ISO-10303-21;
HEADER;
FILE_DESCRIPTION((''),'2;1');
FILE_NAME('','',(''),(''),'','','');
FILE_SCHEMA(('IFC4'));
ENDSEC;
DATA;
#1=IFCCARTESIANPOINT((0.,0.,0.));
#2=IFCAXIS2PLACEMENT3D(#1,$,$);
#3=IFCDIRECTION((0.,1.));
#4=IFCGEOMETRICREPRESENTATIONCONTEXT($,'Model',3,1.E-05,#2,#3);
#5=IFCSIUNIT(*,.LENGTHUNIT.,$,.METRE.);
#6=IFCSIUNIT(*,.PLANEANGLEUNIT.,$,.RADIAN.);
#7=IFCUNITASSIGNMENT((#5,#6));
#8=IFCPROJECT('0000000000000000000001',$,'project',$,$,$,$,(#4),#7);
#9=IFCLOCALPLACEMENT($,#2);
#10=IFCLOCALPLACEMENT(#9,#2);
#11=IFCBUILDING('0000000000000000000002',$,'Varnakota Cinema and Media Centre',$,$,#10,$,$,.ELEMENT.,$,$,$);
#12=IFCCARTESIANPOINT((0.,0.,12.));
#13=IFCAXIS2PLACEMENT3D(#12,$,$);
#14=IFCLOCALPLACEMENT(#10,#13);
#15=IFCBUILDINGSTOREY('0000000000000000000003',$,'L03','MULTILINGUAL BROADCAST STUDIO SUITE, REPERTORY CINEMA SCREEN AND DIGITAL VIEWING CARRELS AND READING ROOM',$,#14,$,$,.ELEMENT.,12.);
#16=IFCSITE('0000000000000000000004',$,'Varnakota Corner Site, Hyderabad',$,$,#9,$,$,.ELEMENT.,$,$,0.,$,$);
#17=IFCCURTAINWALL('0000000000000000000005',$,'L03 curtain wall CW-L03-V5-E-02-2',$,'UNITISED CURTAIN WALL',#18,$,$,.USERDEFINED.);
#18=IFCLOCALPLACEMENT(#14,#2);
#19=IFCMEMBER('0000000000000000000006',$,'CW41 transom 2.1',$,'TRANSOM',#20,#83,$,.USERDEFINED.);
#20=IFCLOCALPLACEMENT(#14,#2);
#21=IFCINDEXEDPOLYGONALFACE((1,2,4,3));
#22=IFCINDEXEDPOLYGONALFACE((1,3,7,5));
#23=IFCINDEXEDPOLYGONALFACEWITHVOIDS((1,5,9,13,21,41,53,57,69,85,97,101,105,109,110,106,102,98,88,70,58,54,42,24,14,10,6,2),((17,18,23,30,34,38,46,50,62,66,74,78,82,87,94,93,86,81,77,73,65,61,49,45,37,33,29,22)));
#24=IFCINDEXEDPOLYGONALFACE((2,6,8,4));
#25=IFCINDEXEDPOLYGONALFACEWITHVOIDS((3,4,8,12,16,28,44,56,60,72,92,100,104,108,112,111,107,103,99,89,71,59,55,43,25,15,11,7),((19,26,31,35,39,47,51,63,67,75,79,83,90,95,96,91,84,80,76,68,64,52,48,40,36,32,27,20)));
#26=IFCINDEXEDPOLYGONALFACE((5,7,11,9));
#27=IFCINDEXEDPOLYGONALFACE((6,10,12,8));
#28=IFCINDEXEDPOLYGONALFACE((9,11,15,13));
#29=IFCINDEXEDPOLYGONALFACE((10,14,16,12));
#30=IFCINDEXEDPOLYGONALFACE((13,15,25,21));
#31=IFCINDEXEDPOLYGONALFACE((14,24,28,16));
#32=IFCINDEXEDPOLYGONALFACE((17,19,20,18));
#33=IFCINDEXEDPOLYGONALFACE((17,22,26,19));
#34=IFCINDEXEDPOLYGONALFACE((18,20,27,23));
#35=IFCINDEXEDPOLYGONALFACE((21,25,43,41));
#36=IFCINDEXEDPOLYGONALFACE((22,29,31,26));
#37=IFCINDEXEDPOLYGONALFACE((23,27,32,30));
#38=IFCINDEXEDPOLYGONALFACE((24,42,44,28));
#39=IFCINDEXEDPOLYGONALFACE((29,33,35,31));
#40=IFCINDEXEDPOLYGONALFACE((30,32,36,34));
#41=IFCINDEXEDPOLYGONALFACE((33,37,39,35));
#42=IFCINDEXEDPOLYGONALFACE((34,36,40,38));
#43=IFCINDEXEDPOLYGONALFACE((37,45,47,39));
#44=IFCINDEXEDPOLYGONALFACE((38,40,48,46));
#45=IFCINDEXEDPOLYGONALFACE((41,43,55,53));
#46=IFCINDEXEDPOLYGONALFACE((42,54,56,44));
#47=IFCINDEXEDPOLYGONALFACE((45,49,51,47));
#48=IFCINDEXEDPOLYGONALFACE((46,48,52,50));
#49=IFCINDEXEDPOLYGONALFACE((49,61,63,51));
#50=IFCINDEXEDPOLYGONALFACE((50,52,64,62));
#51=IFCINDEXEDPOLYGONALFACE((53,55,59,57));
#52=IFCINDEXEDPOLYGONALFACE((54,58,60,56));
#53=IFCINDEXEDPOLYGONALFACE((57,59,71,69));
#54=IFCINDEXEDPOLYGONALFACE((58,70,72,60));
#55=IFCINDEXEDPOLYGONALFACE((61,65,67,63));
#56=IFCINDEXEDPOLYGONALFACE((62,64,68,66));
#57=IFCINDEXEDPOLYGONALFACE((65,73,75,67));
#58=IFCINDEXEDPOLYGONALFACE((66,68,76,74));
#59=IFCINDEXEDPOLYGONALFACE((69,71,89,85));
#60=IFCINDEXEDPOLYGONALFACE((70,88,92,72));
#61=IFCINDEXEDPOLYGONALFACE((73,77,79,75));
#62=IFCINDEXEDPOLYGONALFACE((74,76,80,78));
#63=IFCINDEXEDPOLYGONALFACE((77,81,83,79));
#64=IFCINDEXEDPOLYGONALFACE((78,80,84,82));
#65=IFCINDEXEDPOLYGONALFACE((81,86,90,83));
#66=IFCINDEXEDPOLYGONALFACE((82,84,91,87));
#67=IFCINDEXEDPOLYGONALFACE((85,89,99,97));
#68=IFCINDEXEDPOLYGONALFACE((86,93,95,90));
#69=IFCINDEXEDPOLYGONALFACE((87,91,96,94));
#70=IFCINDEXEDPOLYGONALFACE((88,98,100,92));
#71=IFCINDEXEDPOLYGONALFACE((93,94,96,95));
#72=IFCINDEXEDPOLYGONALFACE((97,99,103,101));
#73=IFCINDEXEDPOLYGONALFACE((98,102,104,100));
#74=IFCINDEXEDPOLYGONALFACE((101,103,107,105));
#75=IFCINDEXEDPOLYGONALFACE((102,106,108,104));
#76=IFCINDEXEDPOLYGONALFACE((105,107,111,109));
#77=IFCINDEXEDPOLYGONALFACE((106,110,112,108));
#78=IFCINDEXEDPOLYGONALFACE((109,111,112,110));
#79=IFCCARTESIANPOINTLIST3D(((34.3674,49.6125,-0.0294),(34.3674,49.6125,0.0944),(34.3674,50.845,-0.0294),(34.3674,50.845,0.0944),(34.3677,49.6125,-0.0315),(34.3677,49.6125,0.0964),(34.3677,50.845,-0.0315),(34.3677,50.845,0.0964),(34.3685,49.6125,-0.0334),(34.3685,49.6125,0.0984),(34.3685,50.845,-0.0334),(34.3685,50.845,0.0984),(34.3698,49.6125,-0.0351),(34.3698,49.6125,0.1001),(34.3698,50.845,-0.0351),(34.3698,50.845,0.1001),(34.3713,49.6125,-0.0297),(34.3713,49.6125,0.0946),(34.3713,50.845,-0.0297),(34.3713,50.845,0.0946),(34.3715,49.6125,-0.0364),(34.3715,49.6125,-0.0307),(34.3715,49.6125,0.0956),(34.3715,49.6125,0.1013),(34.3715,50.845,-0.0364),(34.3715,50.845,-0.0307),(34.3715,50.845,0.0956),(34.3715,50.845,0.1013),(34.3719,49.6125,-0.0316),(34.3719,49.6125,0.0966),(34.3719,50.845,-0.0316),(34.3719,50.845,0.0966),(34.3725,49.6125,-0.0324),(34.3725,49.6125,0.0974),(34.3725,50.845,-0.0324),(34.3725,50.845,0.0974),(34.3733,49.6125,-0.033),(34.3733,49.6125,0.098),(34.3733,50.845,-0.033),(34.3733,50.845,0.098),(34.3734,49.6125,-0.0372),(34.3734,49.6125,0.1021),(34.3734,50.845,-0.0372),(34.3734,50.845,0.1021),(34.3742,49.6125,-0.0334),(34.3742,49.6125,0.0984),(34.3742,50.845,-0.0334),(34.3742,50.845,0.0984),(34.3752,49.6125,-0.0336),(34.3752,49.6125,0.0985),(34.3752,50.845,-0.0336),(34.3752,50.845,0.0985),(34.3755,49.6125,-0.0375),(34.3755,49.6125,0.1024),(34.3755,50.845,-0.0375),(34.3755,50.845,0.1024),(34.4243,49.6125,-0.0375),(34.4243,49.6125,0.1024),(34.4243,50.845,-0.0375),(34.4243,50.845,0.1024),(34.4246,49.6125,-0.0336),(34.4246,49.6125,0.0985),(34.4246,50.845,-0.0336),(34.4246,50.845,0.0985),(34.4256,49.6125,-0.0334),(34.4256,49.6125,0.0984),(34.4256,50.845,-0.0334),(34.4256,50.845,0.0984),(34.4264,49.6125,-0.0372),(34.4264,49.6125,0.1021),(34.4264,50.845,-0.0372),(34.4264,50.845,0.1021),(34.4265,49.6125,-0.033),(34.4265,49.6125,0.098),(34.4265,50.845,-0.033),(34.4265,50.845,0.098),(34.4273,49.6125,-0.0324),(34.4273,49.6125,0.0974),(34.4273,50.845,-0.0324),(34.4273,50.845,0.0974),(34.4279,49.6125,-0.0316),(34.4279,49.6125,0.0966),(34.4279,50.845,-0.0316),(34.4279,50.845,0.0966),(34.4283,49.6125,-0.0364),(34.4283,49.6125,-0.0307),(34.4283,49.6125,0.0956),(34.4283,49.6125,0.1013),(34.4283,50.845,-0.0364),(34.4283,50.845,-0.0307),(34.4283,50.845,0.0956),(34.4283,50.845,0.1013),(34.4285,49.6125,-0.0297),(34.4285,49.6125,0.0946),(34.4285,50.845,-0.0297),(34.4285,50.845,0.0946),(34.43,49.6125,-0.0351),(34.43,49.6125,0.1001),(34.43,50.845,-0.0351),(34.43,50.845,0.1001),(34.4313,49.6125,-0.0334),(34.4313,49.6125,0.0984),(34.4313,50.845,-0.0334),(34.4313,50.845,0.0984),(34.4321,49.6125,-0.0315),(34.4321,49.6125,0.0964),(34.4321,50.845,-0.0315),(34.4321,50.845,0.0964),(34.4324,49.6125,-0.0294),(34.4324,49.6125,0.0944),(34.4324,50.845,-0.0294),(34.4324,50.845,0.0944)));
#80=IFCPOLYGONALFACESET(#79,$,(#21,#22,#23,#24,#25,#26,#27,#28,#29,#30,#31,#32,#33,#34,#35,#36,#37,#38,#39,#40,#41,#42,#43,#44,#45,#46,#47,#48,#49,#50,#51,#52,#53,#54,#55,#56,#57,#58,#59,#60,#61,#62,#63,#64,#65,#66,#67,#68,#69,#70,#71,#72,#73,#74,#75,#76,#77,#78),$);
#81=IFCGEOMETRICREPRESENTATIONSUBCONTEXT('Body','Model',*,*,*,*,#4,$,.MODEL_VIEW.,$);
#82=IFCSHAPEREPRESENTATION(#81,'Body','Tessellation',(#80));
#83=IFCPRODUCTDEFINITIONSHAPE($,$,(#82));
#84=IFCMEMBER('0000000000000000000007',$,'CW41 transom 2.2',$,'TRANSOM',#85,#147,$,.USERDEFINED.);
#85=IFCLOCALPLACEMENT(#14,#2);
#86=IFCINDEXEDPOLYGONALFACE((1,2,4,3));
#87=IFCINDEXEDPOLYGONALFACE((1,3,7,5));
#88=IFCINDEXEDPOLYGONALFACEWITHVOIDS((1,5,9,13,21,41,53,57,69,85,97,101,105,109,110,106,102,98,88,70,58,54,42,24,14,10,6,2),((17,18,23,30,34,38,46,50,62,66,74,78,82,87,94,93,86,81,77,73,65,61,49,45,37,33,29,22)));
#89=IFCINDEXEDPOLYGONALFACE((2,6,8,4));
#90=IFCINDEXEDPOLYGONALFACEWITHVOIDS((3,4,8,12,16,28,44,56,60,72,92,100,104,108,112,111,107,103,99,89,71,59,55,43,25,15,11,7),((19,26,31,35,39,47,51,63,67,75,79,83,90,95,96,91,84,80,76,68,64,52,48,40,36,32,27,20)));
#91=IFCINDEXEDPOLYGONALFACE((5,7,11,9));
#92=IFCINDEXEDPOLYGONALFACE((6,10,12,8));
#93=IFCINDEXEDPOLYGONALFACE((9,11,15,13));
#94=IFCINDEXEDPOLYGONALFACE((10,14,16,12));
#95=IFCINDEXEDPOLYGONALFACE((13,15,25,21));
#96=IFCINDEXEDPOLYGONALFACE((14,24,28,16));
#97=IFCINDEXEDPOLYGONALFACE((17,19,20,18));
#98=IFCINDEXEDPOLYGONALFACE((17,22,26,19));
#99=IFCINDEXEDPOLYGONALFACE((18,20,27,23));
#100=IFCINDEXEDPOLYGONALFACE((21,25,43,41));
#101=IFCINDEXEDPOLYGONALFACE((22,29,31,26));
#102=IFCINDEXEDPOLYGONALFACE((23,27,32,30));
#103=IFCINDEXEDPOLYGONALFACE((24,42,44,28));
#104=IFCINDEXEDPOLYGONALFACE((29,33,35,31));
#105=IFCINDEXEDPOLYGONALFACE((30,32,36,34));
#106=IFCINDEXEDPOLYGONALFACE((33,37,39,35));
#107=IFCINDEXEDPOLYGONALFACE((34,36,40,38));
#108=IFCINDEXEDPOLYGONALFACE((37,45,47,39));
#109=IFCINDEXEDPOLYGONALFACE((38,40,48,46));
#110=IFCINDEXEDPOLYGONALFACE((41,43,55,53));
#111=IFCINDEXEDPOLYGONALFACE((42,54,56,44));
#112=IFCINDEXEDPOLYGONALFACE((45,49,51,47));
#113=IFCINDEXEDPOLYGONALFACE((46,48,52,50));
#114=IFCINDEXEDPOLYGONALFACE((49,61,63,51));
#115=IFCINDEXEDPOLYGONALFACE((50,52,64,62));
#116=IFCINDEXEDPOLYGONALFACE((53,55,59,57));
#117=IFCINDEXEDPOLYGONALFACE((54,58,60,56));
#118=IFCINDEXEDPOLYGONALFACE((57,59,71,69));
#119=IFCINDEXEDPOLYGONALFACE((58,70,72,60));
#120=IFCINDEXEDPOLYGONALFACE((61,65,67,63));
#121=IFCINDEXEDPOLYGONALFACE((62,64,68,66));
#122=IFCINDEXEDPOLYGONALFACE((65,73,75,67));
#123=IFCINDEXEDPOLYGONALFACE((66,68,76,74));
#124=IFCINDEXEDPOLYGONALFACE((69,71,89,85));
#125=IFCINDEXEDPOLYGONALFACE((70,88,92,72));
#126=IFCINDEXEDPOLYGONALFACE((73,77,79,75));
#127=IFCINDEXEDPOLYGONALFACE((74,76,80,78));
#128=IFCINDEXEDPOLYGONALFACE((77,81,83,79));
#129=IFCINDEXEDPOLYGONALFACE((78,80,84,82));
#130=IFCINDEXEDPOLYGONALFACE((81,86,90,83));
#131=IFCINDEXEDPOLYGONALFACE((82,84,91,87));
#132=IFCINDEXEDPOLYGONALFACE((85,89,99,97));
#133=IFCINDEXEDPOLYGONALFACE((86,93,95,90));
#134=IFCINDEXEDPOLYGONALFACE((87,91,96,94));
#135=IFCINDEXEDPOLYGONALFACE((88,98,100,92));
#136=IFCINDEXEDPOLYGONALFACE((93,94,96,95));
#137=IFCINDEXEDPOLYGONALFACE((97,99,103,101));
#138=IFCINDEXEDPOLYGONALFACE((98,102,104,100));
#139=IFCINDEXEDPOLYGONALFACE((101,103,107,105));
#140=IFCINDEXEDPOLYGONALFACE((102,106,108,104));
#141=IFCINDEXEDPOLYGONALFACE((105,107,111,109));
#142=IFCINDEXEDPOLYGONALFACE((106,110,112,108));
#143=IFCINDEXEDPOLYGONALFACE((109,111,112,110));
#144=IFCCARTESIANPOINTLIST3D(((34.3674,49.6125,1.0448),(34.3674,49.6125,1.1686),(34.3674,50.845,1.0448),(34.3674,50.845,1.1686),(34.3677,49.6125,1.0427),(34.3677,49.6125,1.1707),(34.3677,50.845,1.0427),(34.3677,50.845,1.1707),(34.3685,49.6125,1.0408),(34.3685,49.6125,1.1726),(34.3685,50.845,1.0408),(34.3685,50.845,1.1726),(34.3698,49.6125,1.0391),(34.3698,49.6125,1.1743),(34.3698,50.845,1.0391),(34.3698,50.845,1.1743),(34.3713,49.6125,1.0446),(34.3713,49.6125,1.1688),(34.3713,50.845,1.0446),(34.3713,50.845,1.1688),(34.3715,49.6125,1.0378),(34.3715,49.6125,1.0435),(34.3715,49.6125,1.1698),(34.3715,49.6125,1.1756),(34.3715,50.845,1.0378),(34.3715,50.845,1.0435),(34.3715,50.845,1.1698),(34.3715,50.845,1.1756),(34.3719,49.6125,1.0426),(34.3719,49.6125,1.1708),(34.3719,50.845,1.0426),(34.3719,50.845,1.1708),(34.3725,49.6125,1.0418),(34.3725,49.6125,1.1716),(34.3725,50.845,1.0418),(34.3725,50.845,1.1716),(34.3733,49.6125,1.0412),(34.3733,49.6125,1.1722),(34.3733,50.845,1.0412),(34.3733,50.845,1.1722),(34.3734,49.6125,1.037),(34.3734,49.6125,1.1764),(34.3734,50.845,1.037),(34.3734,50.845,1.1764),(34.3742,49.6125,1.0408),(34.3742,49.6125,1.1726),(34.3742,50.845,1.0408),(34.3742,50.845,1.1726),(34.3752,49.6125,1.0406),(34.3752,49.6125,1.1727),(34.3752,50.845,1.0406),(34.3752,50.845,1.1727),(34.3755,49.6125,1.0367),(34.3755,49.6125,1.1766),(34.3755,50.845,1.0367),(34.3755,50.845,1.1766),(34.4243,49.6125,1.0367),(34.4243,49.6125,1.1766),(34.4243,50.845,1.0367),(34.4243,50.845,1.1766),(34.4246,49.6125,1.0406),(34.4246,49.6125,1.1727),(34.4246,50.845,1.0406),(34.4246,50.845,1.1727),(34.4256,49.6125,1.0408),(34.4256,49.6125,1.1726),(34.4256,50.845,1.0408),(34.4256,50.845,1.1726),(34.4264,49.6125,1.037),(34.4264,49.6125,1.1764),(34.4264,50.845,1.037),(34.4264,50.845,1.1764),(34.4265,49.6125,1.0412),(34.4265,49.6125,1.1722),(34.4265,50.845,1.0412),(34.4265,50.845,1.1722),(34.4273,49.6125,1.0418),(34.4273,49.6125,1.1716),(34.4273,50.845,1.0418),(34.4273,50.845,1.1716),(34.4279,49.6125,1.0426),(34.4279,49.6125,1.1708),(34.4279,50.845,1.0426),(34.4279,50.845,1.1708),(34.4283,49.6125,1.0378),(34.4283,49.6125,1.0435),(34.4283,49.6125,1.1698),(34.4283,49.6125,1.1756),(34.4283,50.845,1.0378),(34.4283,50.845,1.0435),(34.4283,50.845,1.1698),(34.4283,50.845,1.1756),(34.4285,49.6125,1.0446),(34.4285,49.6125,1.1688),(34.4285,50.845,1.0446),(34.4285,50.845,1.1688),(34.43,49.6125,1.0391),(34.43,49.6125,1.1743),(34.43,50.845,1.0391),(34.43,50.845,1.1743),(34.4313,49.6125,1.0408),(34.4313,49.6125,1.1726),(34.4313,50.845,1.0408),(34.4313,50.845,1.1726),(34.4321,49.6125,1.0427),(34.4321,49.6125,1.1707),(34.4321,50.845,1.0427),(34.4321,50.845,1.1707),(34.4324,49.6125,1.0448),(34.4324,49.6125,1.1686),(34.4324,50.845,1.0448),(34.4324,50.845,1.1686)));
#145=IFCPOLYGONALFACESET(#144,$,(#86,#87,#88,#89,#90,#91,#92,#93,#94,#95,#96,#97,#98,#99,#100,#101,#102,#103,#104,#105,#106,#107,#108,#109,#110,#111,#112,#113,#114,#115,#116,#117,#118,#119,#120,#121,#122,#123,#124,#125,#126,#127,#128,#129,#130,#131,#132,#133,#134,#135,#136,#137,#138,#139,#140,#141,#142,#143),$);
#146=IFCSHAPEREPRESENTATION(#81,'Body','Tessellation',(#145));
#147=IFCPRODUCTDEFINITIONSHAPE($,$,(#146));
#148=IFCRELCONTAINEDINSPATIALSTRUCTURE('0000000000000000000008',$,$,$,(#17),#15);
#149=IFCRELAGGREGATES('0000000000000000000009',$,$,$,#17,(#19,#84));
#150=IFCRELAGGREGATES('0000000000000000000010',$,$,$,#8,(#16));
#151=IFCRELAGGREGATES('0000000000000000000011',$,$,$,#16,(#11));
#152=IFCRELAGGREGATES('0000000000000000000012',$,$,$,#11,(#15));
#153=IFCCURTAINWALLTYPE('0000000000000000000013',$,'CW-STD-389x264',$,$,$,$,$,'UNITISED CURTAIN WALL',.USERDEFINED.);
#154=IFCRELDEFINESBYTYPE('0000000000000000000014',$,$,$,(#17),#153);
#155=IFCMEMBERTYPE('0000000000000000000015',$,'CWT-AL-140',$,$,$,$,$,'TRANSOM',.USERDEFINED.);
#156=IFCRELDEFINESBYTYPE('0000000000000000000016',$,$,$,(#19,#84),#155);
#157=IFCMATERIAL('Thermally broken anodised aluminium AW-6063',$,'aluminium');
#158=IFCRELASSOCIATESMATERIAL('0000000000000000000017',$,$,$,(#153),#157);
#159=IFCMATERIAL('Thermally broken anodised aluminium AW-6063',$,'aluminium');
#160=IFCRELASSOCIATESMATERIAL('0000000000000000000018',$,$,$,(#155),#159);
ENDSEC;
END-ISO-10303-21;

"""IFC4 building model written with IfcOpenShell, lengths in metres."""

from ifc_helpers import new_model, si_unit, direction, frame, origin, origin_2d, place, context, subcontext, project, spatial, hollow_rectangle, extrude, material, material_profile, profile_set, type_object, element, aggregate, save


model = new_model("IFC4")

# Units and contexts
model_context = context("Model", 3, precision=1e-05, world=origin(), true_north=direction((0.0, 1.0)))
body_context = subcontext(model_context, "Body", "Model", "MODEL_VIEW")
ifc_project = project(units=[si_unit("LENGTHUNIT", "METRE"), si_unit("PLANEANGLEUNIT", "RADIAN")], contexts=[model_context])

# Site, building, storey
site_placement = place(None, origin())
site = spatial("IfcSite", under=ifc_project, at=site_placement, Name="Varnakota Corner Site, Hyderabad", CompositionType="ELEMENT", RefElevation=0.0)
building_placement = place(site_placement, origin())
building = spatial("IfcBuilding", under=site, at=building_placement, Name="Varnakota Cinema and Media Centre", CompositionType="ELEMENT")
storey_placement = place(building_placement, frame((0.0, 0.0, 12.0)))
storey = spatial("IfcBuildingStorey", under=building, at=storey_placement, Name="L03", Description="MULTILINGUAL BROADCAST STUDIO SUITE, REPERTORY CINEMA SCREEN AND DIGITAL VIEWING CARRELS AND READING ROOM", CompositionType="ELEMENT", Elevation=12.0)

# Curtain wall
ifc_material_1 = material(Name="Thermally broken anodised aluminium AW-6063", Category="aluminium")
curtain_wall_type_1 = type_object("IfcCurtainWallType", Name="CW-STD-389x264", ElementType="UNITISED CURTAIN WALL", PredefinedType="USERDEFINED", material=ifc_material_1)
curtain_wall_1_placement = place(storey_placement, origin())
curtain_wall_1 = element("IfcCurtainWall", 1, at=curtain_wall_1_placement, inside=storey, type_object=curtain_wall_type_1, Name="L03 curtain wall CW-L03-V5-E-02-2", ObjectType="UNITISED CURTAIN WALL", PredefinedType="USERDEFINED")

# Members
ifc_material_2 = material(Name="Thermally broken anodised aluminium AW-6063", Category="aluminium")
ifc_material_profile_1 = material_profile(ifc_material_2, hollow_rectangle(XDim=0.0649, YDim=0.1399, WallThickness=0.0039, InnerFilletRadius=0.0039, OuterFilletRadius=0.0081, at=origin_2d()), Name="AL-TRANSOM 140x65x4")
ifc_profile_set_1 = profile_set([ifc_material_profile_1], Name="Thermally broken anodised aluminium AW-6063")
member_type_1 = type_object("IfcMemberType", Name="CWT-AL-140", ElementType="TRANSOM", PredefinedType="USERDEFINED", material=ifc_profile_set_1)
member_1_placement = place(storey_placement, frame((34.3999, 49.6125, 0.0325), z_axis=(0.0, 1.0, 0.0), x_axis=(-1.0, 0.0, 0.0)))
member_1 = element("IfcMember", 2, at=member_1_placement, type_object=member_type_1, Name="CW41 transom 2.1", ObjectType="TRANSOM", PredefinedType="USERDEFINED", context=body_context, shape_type="SweptSolid", body=[
    extrude(hollow_rectangle(XDim=0.0649, YDim=0.1399, WallThickness=0.0039, InnerFilletRadius=0.0039, OuterFilletRadius=0.0081, at=origin_2d()), origin(), (0.0, 0.0, 1.0), 1.2324),
])
member_2_placement = place(storey_placement, frame((34.3999, 49.6125, 1.1067), z_axis=(0.0, 1.0, 0.0), x_axis=(-1.0, 0.0, 0.0)))
member_2 = element("IfcMember", 3, at=member_2_placement, type_object=member_type_1, Name="CW41 transom 2.2", ObjectType="TRANSOM", PredefinedType="USERDEFINED", context=body_context, shape_type="SweptSolid", body=[
    extrude(hollow_rectangle(XDim=0.0649, YDim=0.1399, WallThickness=0.0039, InnerFilletRadius=0.0039, OuterFilletRadius=0.0081, at=origin_2d()), origin(), (0.0, 0.0, 1.0), 1.2324),
])

aggregate(curtain_wall_1, [member_1, member_2])

save(model, "model.ifc")
